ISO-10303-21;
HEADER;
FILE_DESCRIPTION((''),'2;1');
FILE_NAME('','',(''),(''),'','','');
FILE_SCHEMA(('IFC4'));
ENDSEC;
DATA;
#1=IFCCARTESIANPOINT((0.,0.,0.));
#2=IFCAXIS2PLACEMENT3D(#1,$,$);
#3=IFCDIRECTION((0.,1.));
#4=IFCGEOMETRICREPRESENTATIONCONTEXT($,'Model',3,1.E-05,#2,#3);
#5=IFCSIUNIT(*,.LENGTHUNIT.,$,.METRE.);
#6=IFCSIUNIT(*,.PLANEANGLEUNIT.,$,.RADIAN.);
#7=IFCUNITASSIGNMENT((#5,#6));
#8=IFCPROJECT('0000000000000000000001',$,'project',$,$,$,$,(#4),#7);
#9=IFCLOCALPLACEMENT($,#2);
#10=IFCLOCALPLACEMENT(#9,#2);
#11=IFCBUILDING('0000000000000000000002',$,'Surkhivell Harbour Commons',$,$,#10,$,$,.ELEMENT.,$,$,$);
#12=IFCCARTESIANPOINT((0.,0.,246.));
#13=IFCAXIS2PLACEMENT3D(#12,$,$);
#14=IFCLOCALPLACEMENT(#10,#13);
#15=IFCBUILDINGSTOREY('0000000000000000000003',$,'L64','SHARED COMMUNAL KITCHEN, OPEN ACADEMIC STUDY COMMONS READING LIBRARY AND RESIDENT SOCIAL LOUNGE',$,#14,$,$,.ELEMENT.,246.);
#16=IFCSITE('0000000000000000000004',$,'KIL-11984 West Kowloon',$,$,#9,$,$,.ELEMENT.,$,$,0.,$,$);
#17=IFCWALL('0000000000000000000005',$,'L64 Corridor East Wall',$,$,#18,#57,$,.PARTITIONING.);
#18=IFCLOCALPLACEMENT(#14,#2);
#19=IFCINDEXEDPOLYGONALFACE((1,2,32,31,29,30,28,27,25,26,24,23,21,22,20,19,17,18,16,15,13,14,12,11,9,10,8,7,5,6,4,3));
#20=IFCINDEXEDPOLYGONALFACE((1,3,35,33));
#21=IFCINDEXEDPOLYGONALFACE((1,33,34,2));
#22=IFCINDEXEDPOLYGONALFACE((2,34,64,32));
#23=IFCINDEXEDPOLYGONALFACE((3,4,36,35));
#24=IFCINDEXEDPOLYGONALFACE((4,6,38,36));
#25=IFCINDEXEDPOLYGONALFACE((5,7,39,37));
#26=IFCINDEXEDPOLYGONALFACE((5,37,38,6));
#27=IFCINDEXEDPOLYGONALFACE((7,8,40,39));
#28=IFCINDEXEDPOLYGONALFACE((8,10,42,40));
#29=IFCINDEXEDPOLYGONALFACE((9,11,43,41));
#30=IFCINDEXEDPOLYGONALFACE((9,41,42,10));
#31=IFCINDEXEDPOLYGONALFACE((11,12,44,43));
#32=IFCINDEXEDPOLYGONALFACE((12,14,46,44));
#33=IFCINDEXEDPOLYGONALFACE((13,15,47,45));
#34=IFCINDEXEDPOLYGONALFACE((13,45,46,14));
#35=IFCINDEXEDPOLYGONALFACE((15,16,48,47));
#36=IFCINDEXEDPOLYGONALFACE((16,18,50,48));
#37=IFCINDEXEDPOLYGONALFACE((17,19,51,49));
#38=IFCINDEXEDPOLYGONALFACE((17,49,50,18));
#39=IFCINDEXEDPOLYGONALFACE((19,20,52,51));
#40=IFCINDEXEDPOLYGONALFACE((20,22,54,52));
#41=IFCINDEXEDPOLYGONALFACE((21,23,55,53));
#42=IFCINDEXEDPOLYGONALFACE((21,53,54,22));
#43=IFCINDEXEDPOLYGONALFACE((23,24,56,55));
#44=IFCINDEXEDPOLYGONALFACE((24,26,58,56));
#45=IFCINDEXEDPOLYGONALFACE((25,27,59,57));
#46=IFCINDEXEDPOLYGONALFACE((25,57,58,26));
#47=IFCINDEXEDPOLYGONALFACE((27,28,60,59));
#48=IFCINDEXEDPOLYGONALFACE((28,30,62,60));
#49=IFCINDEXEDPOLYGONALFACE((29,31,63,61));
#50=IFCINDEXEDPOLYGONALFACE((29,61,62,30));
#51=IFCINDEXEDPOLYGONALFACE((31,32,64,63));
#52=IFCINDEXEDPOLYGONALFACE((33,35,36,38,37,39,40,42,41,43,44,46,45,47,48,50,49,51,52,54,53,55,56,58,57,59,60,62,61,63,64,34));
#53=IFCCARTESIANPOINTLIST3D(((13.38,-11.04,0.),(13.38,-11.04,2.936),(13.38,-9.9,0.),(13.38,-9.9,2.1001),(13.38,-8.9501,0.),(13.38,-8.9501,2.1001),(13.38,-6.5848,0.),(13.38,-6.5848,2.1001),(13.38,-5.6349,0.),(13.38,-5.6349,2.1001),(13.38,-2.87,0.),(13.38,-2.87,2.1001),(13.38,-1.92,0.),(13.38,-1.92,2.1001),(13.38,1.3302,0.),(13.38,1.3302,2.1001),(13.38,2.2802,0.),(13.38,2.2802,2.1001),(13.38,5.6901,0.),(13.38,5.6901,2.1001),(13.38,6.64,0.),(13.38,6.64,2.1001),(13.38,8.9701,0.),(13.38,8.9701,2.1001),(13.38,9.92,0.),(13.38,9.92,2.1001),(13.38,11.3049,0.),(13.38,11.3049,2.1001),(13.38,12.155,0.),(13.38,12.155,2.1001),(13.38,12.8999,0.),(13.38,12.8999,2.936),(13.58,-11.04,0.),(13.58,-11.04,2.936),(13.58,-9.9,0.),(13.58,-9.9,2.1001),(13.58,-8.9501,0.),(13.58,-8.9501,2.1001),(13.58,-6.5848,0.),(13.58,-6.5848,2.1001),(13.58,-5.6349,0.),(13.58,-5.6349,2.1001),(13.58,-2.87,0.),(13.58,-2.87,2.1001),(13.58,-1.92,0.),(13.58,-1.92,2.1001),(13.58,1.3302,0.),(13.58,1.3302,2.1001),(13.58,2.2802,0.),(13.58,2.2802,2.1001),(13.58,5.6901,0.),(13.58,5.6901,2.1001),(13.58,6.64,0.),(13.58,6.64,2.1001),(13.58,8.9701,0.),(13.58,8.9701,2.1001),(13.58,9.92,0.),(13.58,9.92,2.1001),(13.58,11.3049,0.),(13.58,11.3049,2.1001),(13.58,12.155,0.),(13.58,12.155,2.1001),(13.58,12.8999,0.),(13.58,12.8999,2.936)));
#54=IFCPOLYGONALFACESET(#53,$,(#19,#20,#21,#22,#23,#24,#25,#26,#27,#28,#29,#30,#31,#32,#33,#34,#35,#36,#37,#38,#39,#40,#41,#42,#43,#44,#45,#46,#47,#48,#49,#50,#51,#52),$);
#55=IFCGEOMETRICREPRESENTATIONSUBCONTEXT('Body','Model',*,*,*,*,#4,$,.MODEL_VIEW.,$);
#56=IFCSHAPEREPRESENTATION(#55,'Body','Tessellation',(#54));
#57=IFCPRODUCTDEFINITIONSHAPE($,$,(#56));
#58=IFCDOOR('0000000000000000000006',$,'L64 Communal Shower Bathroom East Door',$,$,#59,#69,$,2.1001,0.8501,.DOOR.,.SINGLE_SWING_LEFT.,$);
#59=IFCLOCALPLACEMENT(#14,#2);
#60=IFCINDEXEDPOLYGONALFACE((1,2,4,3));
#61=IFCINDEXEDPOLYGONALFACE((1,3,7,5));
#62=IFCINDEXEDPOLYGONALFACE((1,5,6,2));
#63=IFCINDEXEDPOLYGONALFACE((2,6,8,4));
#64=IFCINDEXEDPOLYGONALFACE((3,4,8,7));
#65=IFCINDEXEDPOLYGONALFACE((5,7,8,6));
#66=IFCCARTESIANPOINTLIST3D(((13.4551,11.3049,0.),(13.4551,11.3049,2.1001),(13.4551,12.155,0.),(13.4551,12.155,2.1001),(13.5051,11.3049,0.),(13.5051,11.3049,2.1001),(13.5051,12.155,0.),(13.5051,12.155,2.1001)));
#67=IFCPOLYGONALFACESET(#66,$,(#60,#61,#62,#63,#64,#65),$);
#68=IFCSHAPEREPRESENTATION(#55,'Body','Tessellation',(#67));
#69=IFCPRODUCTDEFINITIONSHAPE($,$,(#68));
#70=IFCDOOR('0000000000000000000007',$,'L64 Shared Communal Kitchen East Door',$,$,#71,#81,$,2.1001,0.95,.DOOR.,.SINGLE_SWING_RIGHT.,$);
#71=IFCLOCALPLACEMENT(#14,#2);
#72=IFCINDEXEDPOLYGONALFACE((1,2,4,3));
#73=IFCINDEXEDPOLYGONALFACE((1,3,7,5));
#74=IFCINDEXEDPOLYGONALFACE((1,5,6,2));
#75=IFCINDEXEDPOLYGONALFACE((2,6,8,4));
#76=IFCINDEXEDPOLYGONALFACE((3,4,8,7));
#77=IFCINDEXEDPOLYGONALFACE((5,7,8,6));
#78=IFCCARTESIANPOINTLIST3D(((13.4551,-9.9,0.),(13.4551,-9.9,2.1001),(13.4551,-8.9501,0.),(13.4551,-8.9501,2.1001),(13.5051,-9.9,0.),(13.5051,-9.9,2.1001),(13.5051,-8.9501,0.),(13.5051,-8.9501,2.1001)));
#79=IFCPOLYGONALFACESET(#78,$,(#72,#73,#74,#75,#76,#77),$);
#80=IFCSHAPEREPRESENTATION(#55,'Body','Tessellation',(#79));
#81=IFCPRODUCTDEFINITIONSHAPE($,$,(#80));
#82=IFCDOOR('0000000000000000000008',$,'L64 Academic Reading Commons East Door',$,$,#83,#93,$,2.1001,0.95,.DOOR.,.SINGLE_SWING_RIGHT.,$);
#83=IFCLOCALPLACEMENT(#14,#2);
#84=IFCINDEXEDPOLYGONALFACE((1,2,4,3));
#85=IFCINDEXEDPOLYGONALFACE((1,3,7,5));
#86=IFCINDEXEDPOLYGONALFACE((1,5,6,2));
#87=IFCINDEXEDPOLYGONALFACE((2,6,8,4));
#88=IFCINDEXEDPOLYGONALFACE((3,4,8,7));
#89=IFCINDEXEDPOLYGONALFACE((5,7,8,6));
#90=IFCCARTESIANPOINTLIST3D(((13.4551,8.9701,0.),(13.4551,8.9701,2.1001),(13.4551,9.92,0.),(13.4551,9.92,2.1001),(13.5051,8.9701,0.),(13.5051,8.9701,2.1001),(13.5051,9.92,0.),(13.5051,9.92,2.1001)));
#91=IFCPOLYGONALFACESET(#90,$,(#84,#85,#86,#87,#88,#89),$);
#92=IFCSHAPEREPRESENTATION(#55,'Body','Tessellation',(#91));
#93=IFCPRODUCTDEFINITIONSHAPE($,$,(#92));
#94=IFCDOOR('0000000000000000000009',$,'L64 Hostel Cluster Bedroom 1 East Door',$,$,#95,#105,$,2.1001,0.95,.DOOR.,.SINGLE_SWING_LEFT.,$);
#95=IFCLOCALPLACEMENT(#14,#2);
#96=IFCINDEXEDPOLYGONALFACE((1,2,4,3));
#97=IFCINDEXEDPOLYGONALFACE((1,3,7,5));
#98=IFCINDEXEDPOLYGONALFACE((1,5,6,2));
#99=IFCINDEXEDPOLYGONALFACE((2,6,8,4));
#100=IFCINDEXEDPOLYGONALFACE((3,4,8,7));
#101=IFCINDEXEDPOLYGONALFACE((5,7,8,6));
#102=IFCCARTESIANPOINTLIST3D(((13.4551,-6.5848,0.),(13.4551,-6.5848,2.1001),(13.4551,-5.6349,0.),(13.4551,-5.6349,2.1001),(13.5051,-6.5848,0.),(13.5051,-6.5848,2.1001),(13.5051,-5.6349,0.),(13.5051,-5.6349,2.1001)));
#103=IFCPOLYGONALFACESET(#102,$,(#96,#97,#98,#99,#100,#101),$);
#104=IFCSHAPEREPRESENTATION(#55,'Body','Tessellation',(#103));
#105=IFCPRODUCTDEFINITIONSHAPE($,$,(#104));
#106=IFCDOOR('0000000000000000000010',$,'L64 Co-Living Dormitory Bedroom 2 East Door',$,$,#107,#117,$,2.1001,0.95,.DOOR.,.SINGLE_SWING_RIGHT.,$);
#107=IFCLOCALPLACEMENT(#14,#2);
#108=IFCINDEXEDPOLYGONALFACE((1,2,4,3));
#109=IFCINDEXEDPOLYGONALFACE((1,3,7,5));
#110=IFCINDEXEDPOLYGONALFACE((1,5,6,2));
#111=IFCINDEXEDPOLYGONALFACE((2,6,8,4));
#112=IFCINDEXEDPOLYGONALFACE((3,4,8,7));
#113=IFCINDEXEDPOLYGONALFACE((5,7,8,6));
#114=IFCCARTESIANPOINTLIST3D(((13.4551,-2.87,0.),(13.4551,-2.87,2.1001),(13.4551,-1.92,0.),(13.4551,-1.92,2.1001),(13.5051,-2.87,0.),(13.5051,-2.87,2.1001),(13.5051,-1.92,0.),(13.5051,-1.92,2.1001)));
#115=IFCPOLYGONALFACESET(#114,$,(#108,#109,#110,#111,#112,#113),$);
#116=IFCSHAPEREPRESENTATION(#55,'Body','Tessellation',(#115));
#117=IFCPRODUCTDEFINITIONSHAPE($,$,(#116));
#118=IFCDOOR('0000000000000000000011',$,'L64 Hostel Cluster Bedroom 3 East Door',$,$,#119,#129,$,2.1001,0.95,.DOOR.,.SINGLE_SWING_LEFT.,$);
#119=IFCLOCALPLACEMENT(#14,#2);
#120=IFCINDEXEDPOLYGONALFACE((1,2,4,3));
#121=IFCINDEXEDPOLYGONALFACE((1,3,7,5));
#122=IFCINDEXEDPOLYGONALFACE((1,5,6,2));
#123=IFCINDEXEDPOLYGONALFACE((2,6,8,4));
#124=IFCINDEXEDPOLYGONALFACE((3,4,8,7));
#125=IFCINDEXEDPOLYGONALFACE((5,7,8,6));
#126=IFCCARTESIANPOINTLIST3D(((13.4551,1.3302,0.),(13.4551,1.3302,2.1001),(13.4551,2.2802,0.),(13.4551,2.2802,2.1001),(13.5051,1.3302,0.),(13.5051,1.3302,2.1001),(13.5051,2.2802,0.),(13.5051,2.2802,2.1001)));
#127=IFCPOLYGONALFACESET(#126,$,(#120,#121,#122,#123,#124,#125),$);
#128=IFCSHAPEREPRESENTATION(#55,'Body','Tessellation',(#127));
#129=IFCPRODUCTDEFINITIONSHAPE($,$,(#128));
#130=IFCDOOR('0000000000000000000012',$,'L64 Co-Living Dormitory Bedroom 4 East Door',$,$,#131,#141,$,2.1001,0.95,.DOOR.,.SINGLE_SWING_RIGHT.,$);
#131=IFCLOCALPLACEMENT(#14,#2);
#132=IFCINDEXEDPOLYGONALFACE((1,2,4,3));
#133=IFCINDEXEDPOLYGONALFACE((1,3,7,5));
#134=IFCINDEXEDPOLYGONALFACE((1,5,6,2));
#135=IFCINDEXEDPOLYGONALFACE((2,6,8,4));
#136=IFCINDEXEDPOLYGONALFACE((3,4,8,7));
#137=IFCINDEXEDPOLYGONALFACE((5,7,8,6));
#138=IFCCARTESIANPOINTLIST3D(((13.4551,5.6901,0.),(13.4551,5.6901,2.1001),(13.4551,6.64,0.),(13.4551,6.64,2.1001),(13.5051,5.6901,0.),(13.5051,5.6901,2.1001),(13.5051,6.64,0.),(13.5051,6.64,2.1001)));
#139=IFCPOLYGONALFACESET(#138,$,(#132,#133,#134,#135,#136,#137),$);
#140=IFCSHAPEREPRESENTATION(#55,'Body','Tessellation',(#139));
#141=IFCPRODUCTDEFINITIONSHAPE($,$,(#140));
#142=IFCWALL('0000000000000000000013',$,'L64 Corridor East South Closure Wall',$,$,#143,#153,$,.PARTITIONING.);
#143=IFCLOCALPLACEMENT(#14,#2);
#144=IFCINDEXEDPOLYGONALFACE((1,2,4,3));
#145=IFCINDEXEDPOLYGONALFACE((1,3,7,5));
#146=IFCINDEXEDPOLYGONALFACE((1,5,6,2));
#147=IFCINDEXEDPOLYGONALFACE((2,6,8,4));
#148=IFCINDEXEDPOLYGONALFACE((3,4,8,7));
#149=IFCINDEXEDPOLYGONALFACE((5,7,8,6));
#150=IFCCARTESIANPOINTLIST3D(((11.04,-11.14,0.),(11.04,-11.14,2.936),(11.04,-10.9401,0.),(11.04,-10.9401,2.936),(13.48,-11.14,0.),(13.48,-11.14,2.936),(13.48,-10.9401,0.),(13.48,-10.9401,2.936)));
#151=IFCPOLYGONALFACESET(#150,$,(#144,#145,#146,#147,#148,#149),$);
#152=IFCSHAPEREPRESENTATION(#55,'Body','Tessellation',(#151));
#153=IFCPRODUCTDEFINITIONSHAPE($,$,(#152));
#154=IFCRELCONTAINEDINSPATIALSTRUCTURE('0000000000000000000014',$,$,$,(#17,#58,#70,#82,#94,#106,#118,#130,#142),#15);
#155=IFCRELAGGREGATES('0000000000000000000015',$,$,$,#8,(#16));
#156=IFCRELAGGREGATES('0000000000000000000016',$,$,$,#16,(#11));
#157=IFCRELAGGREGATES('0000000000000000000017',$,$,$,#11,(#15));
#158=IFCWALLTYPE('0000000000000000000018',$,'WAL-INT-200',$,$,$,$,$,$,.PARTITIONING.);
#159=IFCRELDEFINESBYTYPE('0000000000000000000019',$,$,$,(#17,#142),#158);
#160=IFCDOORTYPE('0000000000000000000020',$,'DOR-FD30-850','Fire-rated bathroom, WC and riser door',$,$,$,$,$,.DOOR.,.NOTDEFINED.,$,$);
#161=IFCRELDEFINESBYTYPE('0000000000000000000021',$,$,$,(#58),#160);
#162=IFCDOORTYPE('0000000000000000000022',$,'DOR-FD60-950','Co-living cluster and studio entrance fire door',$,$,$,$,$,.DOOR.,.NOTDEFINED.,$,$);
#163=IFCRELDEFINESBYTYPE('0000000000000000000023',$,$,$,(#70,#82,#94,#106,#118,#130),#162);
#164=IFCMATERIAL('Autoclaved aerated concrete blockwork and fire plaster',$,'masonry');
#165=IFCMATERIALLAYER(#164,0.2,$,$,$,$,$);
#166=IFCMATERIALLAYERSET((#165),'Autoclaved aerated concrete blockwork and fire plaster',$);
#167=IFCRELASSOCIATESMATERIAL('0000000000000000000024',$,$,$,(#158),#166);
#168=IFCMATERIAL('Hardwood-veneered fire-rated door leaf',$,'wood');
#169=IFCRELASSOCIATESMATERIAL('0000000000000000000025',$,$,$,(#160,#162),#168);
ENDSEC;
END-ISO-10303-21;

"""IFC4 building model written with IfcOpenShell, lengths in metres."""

from ifc_helpers import new_model, si_unit, direction, frame, frame_2d, origin, place, context, subcontext, project, spatial, rectangle, extrude, material, layer, layer_set, type_object, element, fill, save


model = new_model("IFC4")

# Units and contexts
model_context = context("Model", 3, precision=1e-05, world=origin(), true_north=direction((0.0, 1.0)))
body_context = subcontext(model_context, "Body", "Model", "MODEL_VIEW")
ifc_project = project(units=[si_unit("LENGTHUNIT", "METRE"), si_unit("PLANEANGLEUNIT", "RADIAN")], contexts=[model_context])

# Site, building, storey
site_placement = place(None, origin())
site = spatial("IfcSite", under=ifc_project, at=site_placement, Name="KIL-11984 West Kowloon", CompositionType="ELEMENT", RefElevation=0.0)
building_placement = place(site_placement, origin())
building = spatial("IfcBuilding", under=site, at=building_placement, Name="Surkhivell Harbour Commons", CompositionType="ELEMENT")
storey_placement = place(building_placement, frame((0.0, 0.0, 246.0)))
storey = spatial("IfcBuildingStorey", under=building, at=storey_placement, Name="L64", Description="SHARED COMMUNAL KITCHEN, OPEN ACADEMIC STUDY COMMONS READING LIBRARY AND RESIDENT SOCIAL LOUNGE", CompositionType="ELEMENT", Elevation=246.0)

# Wall, openings, doors
ifc_material_1 = material(Name="Autoclaved aerated concrete blockwork and fire plaster", Category="masonry")
ifc_layer_1 = layer(ifc_material_1, 0.2)
ifc_layer_set_1 = layer_set([ifc_layer_1], Name="Autoclaved aerated concrete blockwork and fire plaster")
wall_type_1 = type_object("IfcWallType", Name="WAL-INT-200", PredefinedType="PARTITIONING", material=ifc_layer_set_1)
wall_1_placement = place(storey_placement, frame((13.48, -11.04, 0.0), z_axis=(0.0, 0.0, 1.0), x_axis=(0.0, 1.0, 0.0)))
wall_1 = element("IfcWall", 1, at=wall_1_placement, inside=storey, type_object=wall_type_1, Name="L64 Corridor East Wall", PredefinedType="PARTITIONING", context=body_context, shape_type="SweptSolid", body=[
    extrude(rectangle(XDim=23.9399, YDim=0.2, at=frame_2d((11.97, 0.0))), origin(), (0.0, 0.0, 1.0), 2.936),
])
opening_1_placement = place(wall_1_placement, frame((1.1399, 0.0, 0.0)))
opening_1 = element("IfcOpeningElement", 2, at=opening_1_placement, cuts=wall_1, PredefinedType="OPENING", context=body_context, shape_type="SweptSolid", body=[
    extrude(rectangle(XDim=0.95, YDim=2.1001, at=frame_2d((0.4751, 1.05))), frame((0.0, 0.1099, 0.0), z_axis=(0.0, -1.0, 0.0), x_axis=(1.0, 0.0, 0.0)), (0.0, 0.0, 1.0), 0.22),
])
opening_2_placement = place(wall_1_placement, frame((22.345, 0.0, 0.0)))
opening_2 = element("IfcOpeningElement", 3, at=opening_2_placement, cuts=wall_1, PredefinedType="OPENING", context=body_context, shape_type="SweptSolid", body=[
    extrude(rectangle(XDim=0.8501, YDim=2.1001, at=frame_2d((0.425, 1.05))), frame((0.0, 0.1099, 0.0), z_axis=(0.0, -1.0, 0.0), x_axis=(1.0, 0.0, 0.0)), (0.0, 0.0, 1.0), 0.22),
])
opening_3_placement = place(wall_1_placement, frame((20.01, 0.0, 0.0)))
opening_3 = element("IfcOpeningElement", 4, at=opening_3_placement, cuts=wall_1, PredefinedType="OPENING", context=body_context, shape_type="SweptSolid", body=[
    extrude(rectangle(XDim=0.95, YDim=2.1001, at=frame_2d((0.4751, 1.05))), frame((0.0, 0.1099, 0.0), z_axis=(0.0, -1.0, 0.0), x_axis=(1.0, 0.0, 0.0)), (0.0, 0.0, 1.0), 0.22),
])
opening_4_placement = place(wall_1_placement, frame((4.4551, 0.0, 0.0)))
opening_4 = element("IfcOpeningElement", 5, at=opening_4_placement, cuts=wall_1, PredefinedType="OPENING", context=body_context, shape_type="SweptSolid", body=[
    extrude(rectangle(XDim=0.95, YDim=2.1001, at=frame_2d((0.4751, 1.05))), frame((0.0, 0.1099, 0.0), z_axis=(0.0, -1.0, 0.0), x_axis=(1.0, 0.0, 0.0)), (0.0, 0.0, 1.0), 0.22),
])
opening_5_placement = place(wall_1_placement, frame((8.1699, 0.0, 0.0)))
opening_5 = element("IfcOpeningElement", 6, at=opening_5_placement, cuts=wall_1, PredefinedType="OPENING", context=body_context, shape_type="SweptSolid", body=[
    extrude(rectangle(XDim=0.95, YDim=2.1001, at=frame_2d((0.4751, 1.05))), frame((0.0, 0.1099, 0.0), z_axis=(0.0, -1.0, 0.0), x_axis=(1.0, 0.0, 0.0)), (0.0, 0.0, 1.0), 0.22),
])
opening_6_placement = place(wall_1_placement, frame((12.3701, 0.0, 0.0)))
opening_6 = element("IfcOpeningElement", 7, at=opening_6_placement, cuts=wall_1, PredefinedType="OPENING", context=body_context, shape_type="SweptSolid", body=[
    extrude(rectangle(XDim=0.95, YDim=2.1001, at=frame_2d((0.4751, 1.05))), frame((0.0, 0.1099, 0.0), z_axis=(0.0, -1.0, 0.0), x_axis=(1.0, 0.0, 0.0)), (0.0, 0.0, 1.0), 0.22),
])
opening_7_placement = place(wall_1_placement, frame((16.73, 0.0, 0.0)))
opening_7 = element("IfcOpeningElement", 8, at=opening_7_placement, cuts=wall_1, PredefinedType="OPENING", context=body_context, shape_type="SweptSolid", body=[
    extrude(rectangle(XDim=0.95, YDim=2.1001, at=frame_2d((0.4751, 1.05))), frame((0.0, 0.1099, 0.0), z_axis=(0.0, -1.0, 0.0), x_axis=(1.0, 0.0, 0.0)), (0.0, 0.0, 1.0), 0.22),
])
ifc_material_2 = material(Name="Hardwood-veneered fire-rated door leaf", Category="wood")
door_type_1 = type_object("IfcDoorType", Name="DOR-FD30-850", Description="Fire-rated bathroom, WC and riser door", OperationType="NOTDEFINED", PredefinedType="DOOR", material=ifc_material_2)
door_1_placement = place(opening_2_placement, origin())
door_1 = element("IfcDoor", 9, at=door_1_placement, inside=storey, type_object=door_type_1, Name="L64 Communal Shower Bathroom East Door", OperationType="SINGLE_SWING_LEFT", OverallHeight=2.1001, OverallWidth=0.8501, PredefinedType="DOOR", context=body_context, shape_type="SweptSolid", body=[
    extrude(rectangle(XDim=0.8501, YDim=2.1001, at=frame_2d((0.425, 1.05))), frame((0.0, 0.0249, 0.0), z_axis=(0.0, -1.0, 0.0), x_axis=(1.0, 0.0, 0.0)), (0.0, 0.0, 1.0), 0.05),
])
fill(opening_2, door_1)
door_type_2 = type_object("IfcDoorType", Name="DOR-FD60-950", Description="Co-living cluster and studio entrance fire door", OperationType="NOTDEFINED", PredefinedType="DOOR", material=ifc_material_2)
door_2_placement = place(opening_1_placement, origin())
door_2 = element("IfcDoor", 10, at=door_2_placement, inside=storey, type_object=door_type_2, Name="L64 Shared Communal Kitchen East Door", OperationType="SINGLE_SWING_RIGHT", OverallHeight=2.1001, OverallWidth=0.95, PredefinedType="DOOR", context=body_context, shape_type="SweptSolid", body=[
    extrude(rectangle(XDim=0.95, YDim=2.1001, at=frame_2d((0.4751, 1.05))), frame((0.0, 0.0249, 0.0), z_axis=(0.0, -1.0, 0.0), x_axis=(1.0, 0.0, 0.0)), (0.0, 0.0, 1.0), 0.05),
])
fill(opening_1, door_2)
door_3_placement = place(opening_3_placement, origin())
door_3 = element("IfcDoor", 11, at=door_3_placement, inside=storey, type_object=door_type_2, Name="L64 Academic Reading Commons East Door", OperationType="SINGLE_SWING_RIGHT", OverallHeight=2.1001, OverallWidth=0.95, PredefinedType="DOOR", context=body_context, shape_type="SweptSolid", body=[
    extrude(rectangle(XDim=0.95, YDim=2.1001, at=frame_2d((0.4751, 1.05))), frame((0.0, 0.0249, 0.0), z_axis=(0.0, -1.0, 0.0), x_axis=(1.0, 0.0, 0.0)), (0.0, 0.0, 1.0), 0.05),
])
fill(opening_3, door_3)
door_4_placement = place(opening_4_placement, origin())
door_4 = element("IfcDoor", 12, at=door_4_placement, inside=storey, type_object=door_type_2, Name="L64 Hostel Cluster Bedroom 1 East Door", OperationType="SINGLE_SWING_LEFT", OverallHeight=2.1001, OverallWidth=0.95, PredefinedType="DOOR", context=body_context, shape_type="SweptSolid", body=[
    extrude(rectangle(XDim=0.95, YDim=2.1001, at=frame_2d((0.4751, 1.05))), frame((0.0, 0.0249, 0.0), z_axis=(0.0, -1.0, 0.0), x_axis=(1.0, 0.0, 0.0)), (0.0, 0.0, 1.0), 0.05),
])
fill(opening_4, door_4)
door_5_placement = place(opening_5_placement, origin())
door_5 = element("IfcDoor", 13, at=door_5_placement, inside=storey, type_object=door_type_2, Name="L64 Co-Living Dormitory Bedroom 2 East Door", OperationType="SINGLE_SWING_RIGHT", OverallHeight=2.1001, OverallWidth=0.95, PredefinedType="DOOR", context=body_context, shape_type="SweptSolid", body=[
    extrude(rectangle(XDim=0.95, YDim=2.1001, at=frame_2d((0.4751, 1.05))), frame((0.0, 0.0249, 0.0), z_axis=(0.0, -1.0, 0.0), x_axis=(1.0, 0.0, 0.0)), (0.0, 0.0, 1.0), 0.05),
])
fill(opening_5, door_5)
door_6_placement = place(opening_6_placement, origin())
door_6 = element("IfcDoor", 14, at=door_6_placement, inside=storey, type_object=door_type_2, Name="L64 Hostel Cluster Bedroom 3 East Door", OperationType="SINGLE_SWING_LEFT", OverallHeight=2.1001, OverallWidth=0.95, PredefinedType="DOOR", context=body_context, shape_type="SweptSolid", body=[
    extrude(rectangle(XDim=0.95, YDim=2.1001, at=frame_2d((0.4751, 1.05))), frame((0.0, 0.0249, 0.0), z_axis=(0.0, -1.0, 0.0), x_axis=(1.0, 0.0, 0.0)), (0.0, 0.0, 1.0), 0.05),
])
fill(opening_6, door_6)
door_7_placement = place(opening_7_placement, origin())
door_7 = element("IfcDoor", 15, at=door_7_placement, inside=storey, type_object=door_type_2, Name="L64 Co-Living Dormitory Bedroom 4 East Door", OperationType="SINGLE_SWING_RIGHT", OverallHeight=2.1001, OverallWidth=0.95, PredefinedType="DOOR", context=body_context, shape_type="SweptSolid", body=[
    extrude(rectangle(XDim=0.95, YDim=2.1001, at=frame_2d((0.4751, 1.05))), frame((0.0, 0.0249, 0.0), z_axis=(0.0, -1.0, 0.0), x_axis=(1.0, 0.0, 0.0)), (0.0, 0.0, 1.0), 0.05),
])
fill(opening_7, door_7)

# Wall
wall_2_placement = place(storey_placement, frame((11.04, -11.04, 0.0), z_axis=(0.0, 0.0, 1.0), x_axis=(1.0, 0.0, 0.0)))
element("IfcWall", 16, at=wall_2_placement, inside=storey, type_object=wall_type_1, Name="L64 Corridor East South Closure Wall", PredefinedType="PARTITIONING", context=body_context, shape_type="SweptSolid", body=[
    extrude(rectangle(XDim=2.4399, YDim=0.2, at=frame_2d((1.22, 0.0))), origin(), (0.0, 0.0, 1.0), 2.936),
])

save(model, "model.ifc")
